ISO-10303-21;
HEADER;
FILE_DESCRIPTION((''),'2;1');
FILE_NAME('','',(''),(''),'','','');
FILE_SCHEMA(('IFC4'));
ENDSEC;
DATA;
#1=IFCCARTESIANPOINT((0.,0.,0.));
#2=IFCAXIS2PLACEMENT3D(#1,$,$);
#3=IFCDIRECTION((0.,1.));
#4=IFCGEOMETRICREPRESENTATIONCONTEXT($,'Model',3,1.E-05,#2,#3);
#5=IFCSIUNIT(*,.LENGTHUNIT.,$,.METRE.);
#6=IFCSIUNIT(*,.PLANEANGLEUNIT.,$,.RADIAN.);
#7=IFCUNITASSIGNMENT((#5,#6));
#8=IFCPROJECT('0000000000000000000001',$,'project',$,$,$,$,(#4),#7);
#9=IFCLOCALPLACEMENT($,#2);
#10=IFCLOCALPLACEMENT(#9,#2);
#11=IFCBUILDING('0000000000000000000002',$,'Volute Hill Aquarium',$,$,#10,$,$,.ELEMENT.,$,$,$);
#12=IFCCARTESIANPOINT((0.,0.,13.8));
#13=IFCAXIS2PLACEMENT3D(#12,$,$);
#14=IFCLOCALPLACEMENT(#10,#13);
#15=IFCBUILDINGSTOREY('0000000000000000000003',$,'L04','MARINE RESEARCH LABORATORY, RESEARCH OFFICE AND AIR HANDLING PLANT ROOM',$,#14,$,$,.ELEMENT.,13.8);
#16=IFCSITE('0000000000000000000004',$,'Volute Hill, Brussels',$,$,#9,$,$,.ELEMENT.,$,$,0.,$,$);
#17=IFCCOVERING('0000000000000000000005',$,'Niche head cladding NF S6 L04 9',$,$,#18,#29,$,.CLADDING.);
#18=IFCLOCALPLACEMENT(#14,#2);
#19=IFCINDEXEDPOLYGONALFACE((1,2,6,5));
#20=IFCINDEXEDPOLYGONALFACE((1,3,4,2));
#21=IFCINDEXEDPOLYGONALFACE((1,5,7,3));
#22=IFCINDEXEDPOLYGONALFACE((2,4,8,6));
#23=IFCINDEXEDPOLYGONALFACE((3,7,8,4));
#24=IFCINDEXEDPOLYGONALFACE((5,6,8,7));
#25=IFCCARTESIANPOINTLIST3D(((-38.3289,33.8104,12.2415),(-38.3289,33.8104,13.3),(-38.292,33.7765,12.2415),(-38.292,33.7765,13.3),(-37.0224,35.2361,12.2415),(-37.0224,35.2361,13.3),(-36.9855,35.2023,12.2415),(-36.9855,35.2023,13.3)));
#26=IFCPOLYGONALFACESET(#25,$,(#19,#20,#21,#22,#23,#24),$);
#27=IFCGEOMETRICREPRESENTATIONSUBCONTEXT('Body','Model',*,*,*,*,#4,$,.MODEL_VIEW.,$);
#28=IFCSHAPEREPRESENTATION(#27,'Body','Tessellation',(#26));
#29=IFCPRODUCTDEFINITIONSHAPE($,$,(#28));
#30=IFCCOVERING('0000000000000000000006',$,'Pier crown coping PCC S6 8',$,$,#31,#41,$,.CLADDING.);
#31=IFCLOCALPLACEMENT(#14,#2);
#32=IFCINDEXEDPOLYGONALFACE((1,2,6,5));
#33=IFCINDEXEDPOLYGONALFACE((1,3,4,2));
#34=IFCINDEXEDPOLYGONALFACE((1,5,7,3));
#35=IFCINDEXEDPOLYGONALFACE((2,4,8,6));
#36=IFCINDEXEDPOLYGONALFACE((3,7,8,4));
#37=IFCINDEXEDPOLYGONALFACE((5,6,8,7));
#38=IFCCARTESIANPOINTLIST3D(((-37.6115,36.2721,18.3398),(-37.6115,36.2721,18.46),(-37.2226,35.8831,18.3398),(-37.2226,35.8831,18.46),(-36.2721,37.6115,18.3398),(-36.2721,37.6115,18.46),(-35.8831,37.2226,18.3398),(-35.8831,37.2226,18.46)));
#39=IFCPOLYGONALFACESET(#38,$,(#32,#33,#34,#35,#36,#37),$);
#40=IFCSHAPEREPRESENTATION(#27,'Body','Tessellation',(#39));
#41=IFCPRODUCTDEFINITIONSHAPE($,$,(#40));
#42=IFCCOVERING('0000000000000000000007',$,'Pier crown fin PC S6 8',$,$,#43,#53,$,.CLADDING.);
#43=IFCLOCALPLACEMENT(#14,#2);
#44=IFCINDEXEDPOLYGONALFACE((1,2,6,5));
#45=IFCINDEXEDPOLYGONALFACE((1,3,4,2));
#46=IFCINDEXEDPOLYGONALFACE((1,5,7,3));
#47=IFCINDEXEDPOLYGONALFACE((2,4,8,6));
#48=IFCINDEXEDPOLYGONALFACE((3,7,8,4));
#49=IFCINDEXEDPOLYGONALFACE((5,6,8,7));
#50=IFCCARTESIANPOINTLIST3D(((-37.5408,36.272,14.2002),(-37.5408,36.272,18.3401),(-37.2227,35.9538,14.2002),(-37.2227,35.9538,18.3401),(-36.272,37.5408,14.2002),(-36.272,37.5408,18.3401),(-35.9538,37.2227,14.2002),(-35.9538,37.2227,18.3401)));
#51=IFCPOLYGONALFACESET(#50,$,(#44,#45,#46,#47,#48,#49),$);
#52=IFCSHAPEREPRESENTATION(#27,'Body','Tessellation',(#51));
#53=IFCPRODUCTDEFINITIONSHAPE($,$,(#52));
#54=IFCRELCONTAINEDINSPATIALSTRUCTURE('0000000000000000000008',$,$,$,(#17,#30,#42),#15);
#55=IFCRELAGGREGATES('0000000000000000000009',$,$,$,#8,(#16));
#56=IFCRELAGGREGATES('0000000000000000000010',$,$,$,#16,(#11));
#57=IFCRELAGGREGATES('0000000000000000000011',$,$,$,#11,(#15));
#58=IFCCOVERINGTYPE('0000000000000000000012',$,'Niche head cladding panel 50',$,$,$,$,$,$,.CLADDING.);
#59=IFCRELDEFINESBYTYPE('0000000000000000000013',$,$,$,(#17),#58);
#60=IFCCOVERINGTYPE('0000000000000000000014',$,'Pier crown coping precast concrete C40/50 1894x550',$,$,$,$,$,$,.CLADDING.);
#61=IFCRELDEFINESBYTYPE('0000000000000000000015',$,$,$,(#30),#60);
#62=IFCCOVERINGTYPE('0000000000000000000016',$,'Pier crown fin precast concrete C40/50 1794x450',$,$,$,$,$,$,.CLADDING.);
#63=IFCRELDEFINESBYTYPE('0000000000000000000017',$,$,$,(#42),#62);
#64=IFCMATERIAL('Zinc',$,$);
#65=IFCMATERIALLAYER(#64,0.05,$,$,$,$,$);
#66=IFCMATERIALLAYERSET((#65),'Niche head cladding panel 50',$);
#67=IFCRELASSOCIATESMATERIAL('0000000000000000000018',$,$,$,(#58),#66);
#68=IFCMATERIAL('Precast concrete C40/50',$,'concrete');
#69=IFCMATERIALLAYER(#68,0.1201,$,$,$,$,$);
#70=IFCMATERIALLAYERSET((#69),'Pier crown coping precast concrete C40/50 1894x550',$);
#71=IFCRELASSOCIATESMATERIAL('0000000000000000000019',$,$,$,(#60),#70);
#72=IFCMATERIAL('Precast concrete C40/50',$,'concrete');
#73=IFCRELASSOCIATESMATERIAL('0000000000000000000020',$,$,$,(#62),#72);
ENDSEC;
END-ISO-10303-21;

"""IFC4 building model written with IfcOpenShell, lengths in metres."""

from ifc_helpers import new_model, si_unit, direction, frame, origin, origin_2d, place, context, subcontext, project, spatial, rectangle, extrude, material, layer, layer_set, type_object, element, save


model = new_model("IFC4")

# Units and contexts
model_context = context("Model", 3, precision=1e-05, world=origin(), true_north=direction((0.0, 1.0)))
body_context = subcontext(model_context, "Body", "Model", "MODEL_VIEW")
ifc_project = project(units=[si_unit("LENGTHUNIT", "METRE"), si_unit("PLANEANGLEUNIT", "RADIAN")], contexts=[model_context])

# Site, building, storey
site_placement = place(None, origin())
site = spatial("IfcSite", under=ifc_project, at=site_placement, Name="Volute Hill, Brussels", CompositionType="ELEMENT", RefElevation=0.0)
building_placement = place(site_placement, origin())
building = spatial("IfcBuilding", under=site, at=building_placement, Name="Volute Hill Aquarium", CompositionType="ELEMENT")
storey_placement = place(building_placement, frame((0.0, 0.0, 13.8)))
storey = spatial("IfcBuildingStorey", under=building, at=storey_placement, Name="L04", Description="MARINE RESEARCH LABORATORY, RESEARCH OFFICE AND AIR HANDLING PLANT ROOM", CompositionType="ELEMENT", Elevation=13.8)

# Coverings
ifc_material_1 = material(Name="Zinc")
ifc_layer_1 = layer(ifc_material_1, 0.05)
ifc_layer_set_1 = layer_set([ifc_layer_1], Name="Niche head cladding panel 50")
covering_type_1 = type_object("IfcCoveringType", Name="Niche head cladding panel 50", PredefinedType="CLADDING", material=ifc_layer_set_1)
covering_1_placement = place(storey_placement, frame((-37.6572, 34.5063, 12.2415), z_axis=(0.0, 0.0, 1.0), x_axis=(-0.675581, -0.737286, 0.0)))
element("IfcCovering", 1, at=covering_1_placement, inside=storey, type_object=covering_type_1, Name="Niche head cladding NF S6 L04 9", PredefinedType="CLADDING", context=body_context, shape_type="SweptSolid", body=[
    extrude(rectangle(XDim=1.9338, YDim=0.05, at=origin_2d()), origin(), (0.0, 0.0, 1.0), 1.0586),
])
ifc_material_2 = material(Name="Precast concrete C40/50", Category="concrete")
ifc_layer_2 = layer(ifc_material_2, 0.1201)
ifc_layer_set_2 = layer_set([ifc_layer_2], Name="Pier crown coping precast concrete C40/50 1894x550")
covering_type_2 = type_object("IfcCoveringType", Name="Pier crown coping precast concrete C40/50 1894x550", PredefinedType="CLADDING", material=ifc_layer_set_2)
covering_2_placement = place(storey_placement, frame((-36.7473, 36.7473, 18.3398), z_axis=(0.0, 0.0, 1.0), x_axis=(-0.707107, -0.707107, 0.0)))
element("IfcCovering", 2, at=covering_2_placement, inside=storey, type_object=covering_type_2, Name="Pier crown coping PCC S6 8", PredefinedType="CLADDING", context=body_context, shape_type="SweptSolid", body=[
    extrude(rectangle(XDim=1.8943, YDim=0.55, at=origin_2d()), origin(), (0.0, 0.0, 1.0), 0.1201),
])
ifc_material_3 = material(Name="Precast concrete C40/50", Category="concrete")
covering_type_3 = type_object("IfcCoveringType", Name="Pier crown fin precast concrete C40/50 1794x450", PredefinedType="CLADDING", material=ifc_material_3)
covering_3_placement = place(storey_placement, frame((-36.7473, 36.7473, 14.2002), z_axis=(0.0, 0.0, 1.0), x_axis=(-0.707107, -0.707107, 0.0)))
element("IfcCovering", 3, at=covering_3_placement, inside=storey, type_object=covering_type_3, Name="Pier crown fin PC S6 8", PredefinedType="CLADDING", context=body_context, shape_type="SweptSolid", body=[
    extrude(rectangle(XDim=1.7944, YDim=0.45, at=origin_2d()), origin(), (0.0, 0.0, 1.0), 4.1399),
])

save(model, "model.ifc")
